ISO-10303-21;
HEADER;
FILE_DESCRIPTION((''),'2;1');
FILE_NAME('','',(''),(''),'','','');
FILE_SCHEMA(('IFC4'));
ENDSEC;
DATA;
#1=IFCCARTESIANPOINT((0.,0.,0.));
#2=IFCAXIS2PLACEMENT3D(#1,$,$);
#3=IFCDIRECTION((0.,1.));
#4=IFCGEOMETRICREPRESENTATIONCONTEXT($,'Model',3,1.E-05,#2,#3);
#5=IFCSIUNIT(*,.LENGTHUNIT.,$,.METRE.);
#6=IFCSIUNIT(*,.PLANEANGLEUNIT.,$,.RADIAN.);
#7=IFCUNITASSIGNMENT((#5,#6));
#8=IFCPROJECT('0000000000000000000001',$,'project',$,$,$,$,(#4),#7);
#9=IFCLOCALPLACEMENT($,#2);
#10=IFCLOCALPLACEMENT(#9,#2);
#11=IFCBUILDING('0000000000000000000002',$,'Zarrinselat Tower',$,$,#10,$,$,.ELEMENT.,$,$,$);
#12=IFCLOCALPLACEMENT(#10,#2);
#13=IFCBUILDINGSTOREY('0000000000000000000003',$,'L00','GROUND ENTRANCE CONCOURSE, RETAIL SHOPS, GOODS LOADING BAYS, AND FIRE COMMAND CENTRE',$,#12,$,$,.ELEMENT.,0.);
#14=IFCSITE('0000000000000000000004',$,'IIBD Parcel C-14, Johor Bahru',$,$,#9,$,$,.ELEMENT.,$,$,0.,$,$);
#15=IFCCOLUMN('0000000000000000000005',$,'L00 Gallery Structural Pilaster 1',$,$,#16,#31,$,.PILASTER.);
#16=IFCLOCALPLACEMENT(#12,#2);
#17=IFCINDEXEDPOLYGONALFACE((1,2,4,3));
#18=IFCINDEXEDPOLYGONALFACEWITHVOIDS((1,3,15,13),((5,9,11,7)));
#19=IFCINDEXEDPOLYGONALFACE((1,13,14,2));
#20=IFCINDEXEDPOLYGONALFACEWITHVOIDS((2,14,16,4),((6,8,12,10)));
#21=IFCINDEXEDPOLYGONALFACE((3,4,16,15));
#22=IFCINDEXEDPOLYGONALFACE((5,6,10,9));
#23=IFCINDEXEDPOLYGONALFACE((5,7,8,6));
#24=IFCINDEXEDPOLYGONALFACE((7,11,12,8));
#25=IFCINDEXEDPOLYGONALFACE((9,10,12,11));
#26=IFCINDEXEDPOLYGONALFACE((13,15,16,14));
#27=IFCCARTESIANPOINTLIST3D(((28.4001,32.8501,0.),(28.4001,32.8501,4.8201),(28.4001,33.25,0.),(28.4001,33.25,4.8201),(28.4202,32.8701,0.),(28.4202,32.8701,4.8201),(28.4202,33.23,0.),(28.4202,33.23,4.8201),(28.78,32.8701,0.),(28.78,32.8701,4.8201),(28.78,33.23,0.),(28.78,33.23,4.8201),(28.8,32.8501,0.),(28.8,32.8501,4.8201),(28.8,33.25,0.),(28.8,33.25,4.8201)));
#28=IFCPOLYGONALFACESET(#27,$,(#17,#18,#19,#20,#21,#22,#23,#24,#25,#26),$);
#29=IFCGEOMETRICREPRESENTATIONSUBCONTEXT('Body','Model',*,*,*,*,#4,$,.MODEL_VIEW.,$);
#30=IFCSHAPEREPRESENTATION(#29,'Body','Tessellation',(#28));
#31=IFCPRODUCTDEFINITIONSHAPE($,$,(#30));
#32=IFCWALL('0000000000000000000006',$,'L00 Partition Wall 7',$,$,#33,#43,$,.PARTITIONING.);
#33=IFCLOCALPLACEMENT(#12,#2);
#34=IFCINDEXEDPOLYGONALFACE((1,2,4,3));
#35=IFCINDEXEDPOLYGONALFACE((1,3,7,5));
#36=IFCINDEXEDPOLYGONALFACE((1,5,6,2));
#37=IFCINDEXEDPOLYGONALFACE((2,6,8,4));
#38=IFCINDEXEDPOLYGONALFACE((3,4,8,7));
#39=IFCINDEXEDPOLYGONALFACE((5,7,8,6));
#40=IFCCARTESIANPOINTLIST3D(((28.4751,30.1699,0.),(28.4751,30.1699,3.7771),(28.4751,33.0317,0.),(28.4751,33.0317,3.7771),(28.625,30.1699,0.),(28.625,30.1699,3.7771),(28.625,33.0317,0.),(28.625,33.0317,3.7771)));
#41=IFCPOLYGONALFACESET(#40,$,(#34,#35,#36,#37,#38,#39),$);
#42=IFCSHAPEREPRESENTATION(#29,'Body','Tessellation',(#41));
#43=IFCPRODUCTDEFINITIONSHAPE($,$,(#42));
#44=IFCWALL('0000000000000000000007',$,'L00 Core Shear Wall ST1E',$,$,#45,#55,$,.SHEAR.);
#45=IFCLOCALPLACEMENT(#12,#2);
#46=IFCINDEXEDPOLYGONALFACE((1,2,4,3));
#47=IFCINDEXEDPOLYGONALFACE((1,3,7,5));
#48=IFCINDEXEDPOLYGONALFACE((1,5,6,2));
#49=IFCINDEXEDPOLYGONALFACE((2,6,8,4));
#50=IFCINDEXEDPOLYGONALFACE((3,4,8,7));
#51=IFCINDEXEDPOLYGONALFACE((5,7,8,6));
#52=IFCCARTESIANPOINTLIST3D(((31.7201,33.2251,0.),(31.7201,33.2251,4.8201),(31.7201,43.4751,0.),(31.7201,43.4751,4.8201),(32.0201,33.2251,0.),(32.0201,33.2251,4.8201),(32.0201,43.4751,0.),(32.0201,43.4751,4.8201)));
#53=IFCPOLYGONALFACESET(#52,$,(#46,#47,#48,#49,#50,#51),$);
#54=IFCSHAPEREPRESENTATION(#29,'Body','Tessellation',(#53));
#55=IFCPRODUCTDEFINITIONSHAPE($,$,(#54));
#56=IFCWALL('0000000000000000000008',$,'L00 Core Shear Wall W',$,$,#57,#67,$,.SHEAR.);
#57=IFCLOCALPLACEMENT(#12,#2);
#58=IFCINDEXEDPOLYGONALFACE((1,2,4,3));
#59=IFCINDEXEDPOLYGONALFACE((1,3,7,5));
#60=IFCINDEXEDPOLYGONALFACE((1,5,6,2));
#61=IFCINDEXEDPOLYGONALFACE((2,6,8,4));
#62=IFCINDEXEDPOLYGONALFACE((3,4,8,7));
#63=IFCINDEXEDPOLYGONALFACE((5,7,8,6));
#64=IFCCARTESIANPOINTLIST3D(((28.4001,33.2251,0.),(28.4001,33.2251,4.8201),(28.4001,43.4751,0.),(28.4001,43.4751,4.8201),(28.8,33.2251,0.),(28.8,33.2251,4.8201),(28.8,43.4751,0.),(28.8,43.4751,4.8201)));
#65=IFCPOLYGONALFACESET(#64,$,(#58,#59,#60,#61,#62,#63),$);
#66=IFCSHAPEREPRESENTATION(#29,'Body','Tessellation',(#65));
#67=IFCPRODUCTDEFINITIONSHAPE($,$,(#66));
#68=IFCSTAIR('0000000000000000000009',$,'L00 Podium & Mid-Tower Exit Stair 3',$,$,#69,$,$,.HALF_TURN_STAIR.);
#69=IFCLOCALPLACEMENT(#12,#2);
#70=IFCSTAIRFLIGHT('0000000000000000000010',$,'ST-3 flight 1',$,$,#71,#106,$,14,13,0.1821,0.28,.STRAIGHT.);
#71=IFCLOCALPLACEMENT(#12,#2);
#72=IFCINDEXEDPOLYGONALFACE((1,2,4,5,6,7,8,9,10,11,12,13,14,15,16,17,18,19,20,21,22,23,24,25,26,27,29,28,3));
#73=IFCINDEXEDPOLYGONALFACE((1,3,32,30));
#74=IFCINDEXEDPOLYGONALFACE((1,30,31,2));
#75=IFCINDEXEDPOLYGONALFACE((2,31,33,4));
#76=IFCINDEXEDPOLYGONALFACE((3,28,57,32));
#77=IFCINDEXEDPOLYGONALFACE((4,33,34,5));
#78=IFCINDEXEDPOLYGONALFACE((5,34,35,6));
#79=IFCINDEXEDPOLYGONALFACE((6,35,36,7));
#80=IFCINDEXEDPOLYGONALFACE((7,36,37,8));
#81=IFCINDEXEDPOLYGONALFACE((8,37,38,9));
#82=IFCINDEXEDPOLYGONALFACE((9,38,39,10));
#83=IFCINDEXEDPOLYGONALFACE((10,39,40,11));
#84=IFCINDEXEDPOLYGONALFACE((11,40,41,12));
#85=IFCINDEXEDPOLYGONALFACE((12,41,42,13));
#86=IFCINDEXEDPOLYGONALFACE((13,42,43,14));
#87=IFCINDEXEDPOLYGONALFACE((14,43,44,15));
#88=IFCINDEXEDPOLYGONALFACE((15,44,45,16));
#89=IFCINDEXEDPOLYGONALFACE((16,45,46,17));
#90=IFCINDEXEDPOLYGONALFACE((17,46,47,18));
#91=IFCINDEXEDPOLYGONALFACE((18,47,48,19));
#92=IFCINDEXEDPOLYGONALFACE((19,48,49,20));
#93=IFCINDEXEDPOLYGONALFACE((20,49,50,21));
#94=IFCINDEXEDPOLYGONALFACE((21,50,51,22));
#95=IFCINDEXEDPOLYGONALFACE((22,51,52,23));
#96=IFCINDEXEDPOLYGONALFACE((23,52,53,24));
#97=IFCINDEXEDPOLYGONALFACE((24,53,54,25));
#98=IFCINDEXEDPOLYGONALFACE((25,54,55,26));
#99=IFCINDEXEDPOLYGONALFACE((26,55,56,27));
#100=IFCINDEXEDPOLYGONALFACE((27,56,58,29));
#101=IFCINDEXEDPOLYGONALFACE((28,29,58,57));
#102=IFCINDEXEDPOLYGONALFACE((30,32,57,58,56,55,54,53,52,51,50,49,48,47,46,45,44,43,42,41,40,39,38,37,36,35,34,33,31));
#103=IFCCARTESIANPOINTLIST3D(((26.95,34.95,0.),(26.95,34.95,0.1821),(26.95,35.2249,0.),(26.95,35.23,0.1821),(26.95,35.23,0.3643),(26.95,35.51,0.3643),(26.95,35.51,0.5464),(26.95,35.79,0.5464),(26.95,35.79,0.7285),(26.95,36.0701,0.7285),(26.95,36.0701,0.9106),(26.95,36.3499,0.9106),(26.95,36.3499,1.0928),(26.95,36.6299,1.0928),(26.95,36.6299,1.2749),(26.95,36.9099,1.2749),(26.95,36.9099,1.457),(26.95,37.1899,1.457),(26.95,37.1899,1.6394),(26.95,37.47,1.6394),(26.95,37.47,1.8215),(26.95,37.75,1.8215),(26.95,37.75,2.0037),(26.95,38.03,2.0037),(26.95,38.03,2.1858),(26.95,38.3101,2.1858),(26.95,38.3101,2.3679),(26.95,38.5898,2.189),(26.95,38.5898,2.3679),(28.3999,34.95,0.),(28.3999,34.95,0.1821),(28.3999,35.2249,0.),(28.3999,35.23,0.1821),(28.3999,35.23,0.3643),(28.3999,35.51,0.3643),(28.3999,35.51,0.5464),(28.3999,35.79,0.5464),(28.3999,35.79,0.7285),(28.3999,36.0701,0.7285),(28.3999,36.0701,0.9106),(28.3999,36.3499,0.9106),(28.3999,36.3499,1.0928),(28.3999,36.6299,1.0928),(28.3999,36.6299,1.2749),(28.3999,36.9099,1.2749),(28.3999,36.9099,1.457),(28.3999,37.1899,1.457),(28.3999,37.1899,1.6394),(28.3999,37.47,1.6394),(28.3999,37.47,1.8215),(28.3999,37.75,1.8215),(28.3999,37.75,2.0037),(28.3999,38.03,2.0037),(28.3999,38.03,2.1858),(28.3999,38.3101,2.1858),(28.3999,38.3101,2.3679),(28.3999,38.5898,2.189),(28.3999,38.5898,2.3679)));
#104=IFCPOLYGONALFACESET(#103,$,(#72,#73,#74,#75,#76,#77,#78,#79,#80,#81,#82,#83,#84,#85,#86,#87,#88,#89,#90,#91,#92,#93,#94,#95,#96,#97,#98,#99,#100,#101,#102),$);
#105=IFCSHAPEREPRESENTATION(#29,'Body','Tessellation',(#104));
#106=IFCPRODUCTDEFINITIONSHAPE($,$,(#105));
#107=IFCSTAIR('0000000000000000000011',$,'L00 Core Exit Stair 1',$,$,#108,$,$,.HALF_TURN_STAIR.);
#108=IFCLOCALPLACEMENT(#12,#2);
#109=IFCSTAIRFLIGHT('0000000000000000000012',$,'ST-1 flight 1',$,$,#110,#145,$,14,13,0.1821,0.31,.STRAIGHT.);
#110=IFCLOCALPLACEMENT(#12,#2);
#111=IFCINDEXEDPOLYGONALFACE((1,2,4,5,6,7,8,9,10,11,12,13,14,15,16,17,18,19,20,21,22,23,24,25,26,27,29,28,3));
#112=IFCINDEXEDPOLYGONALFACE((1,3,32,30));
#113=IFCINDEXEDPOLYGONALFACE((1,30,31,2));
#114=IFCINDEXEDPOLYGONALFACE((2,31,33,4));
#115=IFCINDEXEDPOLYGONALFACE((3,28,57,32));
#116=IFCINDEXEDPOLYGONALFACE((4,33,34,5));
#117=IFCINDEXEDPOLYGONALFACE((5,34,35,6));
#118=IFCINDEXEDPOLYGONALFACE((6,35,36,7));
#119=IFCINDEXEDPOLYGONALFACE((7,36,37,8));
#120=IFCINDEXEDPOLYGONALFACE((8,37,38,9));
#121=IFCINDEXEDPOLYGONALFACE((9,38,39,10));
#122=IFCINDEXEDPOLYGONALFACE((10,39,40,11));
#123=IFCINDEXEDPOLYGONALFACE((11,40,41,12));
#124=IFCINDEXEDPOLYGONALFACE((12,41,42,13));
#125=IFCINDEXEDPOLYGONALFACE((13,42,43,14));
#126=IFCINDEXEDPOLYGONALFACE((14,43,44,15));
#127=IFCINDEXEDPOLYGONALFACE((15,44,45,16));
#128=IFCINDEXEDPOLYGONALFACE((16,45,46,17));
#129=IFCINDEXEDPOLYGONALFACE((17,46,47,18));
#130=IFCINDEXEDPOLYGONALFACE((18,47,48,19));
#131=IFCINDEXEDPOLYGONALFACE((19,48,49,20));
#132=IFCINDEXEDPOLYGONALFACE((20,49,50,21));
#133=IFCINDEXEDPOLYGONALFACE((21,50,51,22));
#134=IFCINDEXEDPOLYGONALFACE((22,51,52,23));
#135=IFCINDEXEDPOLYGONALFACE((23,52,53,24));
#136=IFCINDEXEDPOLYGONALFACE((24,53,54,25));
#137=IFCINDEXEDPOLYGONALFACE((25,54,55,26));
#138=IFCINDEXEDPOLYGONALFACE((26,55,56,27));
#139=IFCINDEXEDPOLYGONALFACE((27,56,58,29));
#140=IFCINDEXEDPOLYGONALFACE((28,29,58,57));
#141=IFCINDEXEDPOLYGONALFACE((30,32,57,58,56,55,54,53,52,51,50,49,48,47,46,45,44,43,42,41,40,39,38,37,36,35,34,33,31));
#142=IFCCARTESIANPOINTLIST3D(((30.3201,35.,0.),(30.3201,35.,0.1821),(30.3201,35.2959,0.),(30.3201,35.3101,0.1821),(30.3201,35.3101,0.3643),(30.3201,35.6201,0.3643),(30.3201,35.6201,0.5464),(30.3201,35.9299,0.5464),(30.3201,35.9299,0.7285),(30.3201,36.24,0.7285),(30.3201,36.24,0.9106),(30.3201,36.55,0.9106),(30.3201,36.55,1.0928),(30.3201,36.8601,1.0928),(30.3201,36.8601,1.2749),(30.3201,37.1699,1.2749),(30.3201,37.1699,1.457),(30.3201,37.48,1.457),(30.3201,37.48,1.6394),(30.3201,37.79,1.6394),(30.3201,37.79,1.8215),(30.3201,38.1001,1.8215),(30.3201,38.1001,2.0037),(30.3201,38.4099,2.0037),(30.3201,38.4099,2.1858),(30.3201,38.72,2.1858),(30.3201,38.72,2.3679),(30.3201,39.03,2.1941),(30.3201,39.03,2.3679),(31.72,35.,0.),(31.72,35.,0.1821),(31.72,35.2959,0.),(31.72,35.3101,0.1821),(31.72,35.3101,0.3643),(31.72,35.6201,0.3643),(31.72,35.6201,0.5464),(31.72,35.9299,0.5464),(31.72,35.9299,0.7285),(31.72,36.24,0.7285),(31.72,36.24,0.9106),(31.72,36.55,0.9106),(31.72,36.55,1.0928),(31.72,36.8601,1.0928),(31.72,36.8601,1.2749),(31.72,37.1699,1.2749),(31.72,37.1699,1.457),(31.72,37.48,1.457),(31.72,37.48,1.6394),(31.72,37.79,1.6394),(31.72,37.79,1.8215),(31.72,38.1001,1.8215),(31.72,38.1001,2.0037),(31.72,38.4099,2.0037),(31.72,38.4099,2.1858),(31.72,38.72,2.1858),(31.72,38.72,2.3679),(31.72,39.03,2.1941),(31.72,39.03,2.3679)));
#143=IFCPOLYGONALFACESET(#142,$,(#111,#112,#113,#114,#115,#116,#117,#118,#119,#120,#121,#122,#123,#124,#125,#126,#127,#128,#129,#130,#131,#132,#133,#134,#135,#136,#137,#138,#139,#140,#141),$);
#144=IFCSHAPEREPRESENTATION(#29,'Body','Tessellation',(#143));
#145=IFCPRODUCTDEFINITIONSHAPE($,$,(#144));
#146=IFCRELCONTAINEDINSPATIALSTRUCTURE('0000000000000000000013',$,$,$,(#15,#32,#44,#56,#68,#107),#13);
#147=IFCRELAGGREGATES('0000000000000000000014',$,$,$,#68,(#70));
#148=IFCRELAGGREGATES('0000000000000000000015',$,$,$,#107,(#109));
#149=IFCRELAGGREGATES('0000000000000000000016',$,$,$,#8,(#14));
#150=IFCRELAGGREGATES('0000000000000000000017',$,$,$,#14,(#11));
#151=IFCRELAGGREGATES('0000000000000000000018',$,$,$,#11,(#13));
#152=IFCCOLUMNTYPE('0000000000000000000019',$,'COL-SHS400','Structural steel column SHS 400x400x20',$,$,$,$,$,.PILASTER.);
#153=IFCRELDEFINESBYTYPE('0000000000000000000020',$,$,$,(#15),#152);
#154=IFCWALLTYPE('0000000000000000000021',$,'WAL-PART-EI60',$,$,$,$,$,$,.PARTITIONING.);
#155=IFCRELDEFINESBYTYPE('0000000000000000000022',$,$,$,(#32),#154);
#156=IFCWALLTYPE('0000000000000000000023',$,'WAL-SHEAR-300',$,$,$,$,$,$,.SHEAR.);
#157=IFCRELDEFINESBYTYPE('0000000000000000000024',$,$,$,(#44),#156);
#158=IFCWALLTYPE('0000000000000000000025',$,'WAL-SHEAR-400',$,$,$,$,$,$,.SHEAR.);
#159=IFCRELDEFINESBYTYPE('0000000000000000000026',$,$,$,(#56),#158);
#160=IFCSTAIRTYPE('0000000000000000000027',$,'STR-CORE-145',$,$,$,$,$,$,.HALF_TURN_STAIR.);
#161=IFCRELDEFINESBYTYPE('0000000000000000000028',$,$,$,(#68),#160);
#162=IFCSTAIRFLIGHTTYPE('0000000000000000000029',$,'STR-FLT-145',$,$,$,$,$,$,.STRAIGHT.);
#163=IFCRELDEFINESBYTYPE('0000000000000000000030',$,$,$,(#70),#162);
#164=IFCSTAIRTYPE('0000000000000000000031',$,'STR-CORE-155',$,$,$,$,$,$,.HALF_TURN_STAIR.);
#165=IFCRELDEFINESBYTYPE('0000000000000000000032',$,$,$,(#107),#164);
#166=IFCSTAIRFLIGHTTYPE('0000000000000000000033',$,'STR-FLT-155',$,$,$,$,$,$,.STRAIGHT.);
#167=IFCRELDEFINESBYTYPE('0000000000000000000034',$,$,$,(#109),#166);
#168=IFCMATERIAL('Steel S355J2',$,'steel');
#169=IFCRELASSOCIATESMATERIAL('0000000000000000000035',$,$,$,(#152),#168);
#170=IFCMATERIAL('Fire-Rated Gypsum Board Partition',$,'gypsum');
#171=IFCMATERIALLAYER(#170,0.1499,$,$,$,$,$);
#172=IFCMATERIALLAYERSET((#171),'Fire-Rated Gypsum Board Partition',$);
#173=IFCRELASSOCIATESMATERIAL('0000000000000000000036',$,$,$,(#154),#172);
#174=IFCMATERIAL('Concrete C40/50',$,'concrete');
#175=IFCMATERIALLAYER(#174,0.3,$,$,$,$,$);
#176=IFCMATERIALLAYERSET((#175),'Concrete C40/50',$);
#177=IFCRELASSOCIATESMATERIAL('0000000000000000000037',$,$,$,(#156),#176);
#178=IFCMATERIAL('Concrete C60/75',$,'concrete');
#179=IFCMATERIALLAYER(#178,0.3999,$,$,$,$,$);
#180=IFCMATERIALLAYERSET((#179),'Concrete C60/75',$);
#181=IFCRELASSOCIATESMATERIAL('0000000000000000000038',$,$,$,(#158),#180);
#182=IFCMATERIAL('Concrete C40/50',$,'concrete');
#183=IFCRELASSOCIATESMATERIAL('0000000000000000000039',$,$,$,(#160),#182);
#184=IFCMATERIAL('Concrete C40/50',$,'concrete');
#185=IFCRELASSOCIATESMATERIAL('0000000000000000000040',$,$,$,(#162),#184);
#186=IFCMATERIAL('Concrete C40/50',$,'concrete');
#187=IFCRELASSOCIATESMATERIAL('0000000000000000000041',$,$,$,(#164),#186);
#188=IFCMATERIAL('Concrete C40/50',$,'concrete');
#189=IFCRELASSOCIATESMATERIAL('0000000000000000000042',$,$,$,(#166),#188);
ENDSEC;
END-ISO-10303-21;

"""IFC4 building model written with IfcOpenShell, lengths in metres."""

from ifc_helpers import new_model, si_unit, direction, frame, frame_2d, origin, origin_2d, place, context, subcontext, project, spatial, polyline, rectangle, hollow_rectangle, outline, extrude, material, layer, layer_set, material_profile, profile_set, type_object, element, aggregate, save


model = new_model("IFC4")

# Units and contexts
model_context = context("Model", 3, precision=1e-05, world=origin(), true_north=direction((0.0, 1.0)))
body_context = subcontext(model_context, "Body", "Model", "MODEL_VIEW")
ifc_project = project(units=[si_unit("LENGTHUNIT", "METRE"), si_unit("PLANEANGLEUNIT", "RADIAN")], contexts=[model_context])

# Site, building, storey
site_placement = place(None, origin())
site = spatial("IfcSite", under=ifc_project, at=site_placement, Name="IIBD Parcel C-14, Johor Bahru", CompositionType="ELEMENT", RefElevation=0.0)
building_placement = place(site_placement, origin())
building = spatial("IfcBuilding", under=site, at=building_placement, Name="Zarrinselat Tower", CompositionType="ELEMENT")
storey_placement = place(building_placement, origin())
storey = spatial("IfcBuildingStorey", under=building, at=storey_placement, Name="L00", Description="GROUND ENTRANCE CONCOURSE, RETAIL SHOPS, GOODS LOADING BAYS, AND FIRE COMMAND CENTRE", CompositionType="ELEMENT", Elevation=0.0)

# Column
ifc_material_1 = material(Name="Steel S355J2", Category="steel")
ifc_material_profile = material_profile(ifc_material_1, hollow_rectangle(XDim=0.3999, YDim=0.3999, WallThickness=0.02, at=origin_2d()), Name="SHS 400x400x20")
ifc_profile_set = profile_set([ifc_material_profile], Name="Steel S355J2")
column_type = type_object("IfcColumnType", Name="COL-SHS400", Description="Structural steel column SHS 400x400x20", PredefinedType="PILASTER", material=ifc_profile_set)
column_placement = place(storey_placement, frame((28.6001, 33.05, 0.0), z_axis=(0.0, 0.0, 1.0), x_axis=(1.0, 0.0, 0.0)))
element("IfcColumn", 1, at=column_placement, inside=storey, type_object=column_type, Name="L00 Gallery Structural Pilaster 1", PredefinedType="PILASTER", context=body_context, shape_type="SweptSolid", body=[
    extrude(hollow_rectangle(XDim=0.3999, YDim=0.3999, WallThickness=0.02, at=origin_2d()), origin(), (0.0, 0.0, 1.0), 4.8201),
])

# Walls
ifc_material_2 = material(Name="Fire-Rated Gypsum Board Partition", Category="gypsum")
ifc_layer_1 = layer(ifc_material_2, 0.1499)
ifc_layer_set_1 = layer_set([ifc_layer_1], Name="Fire-Rated Gypsum Board Partition")
wall_type_1 = type_object("IfcWallType", Name="WAL-PART-EI60", PredefinedType="PARTITIONING", material=ifc_layer_set_1)
wall_1_placement = place(storey_placement, frame((28.55, 30.1699, 0.0), z_axis=(0.0, 0.0, 1.0), x_axis=(0.0, 1.0, 0.0)))
element("IfcWall", 2, at=wall_1_placement, inside=storey, type_object=wall_type_1, Name="L00 Partition Wall 7", PredefinedType="PARTITIONING", context=body_context, shape_type="SweptSolid", body=[
    extrude(rectangle(XDim=2.8618, YDim=0.1499, at=frame_2d((1.4309, 0.0))), origin(), (0.0, 0.0, 1.0), 3.7771),
])
ifc_material_3 = material(Name="Concrete C40/50", Category="concrete")
ifc_layer_2 = layer(ifc_material_3, 0.3)
ifc_layer_set_2 = layer_set([ifc_layer_2], Name="Concrete C40/50")
wall_type_2 = type_object("IfcWallType", Name="WAL-SHEAR-300", PredefinedType="SHEAR", material=ifc_layer_set_2)
wall_2_placement = place(storey_placement, frame((31.8701, 33.2251, 0.0), z_axis=(0.0, 0.0, 1.0), x_axis=(0.0, 1.0, 0.0)))
element("IfcWall", 3, at=wall_2_placement, inside=storey, type_object=wall_type_2, Name="L00 Core Shear Wall ST1E", PredefinedType="SHEAR", context=body_context, shape_type="SweptSolid", body=[
    extrude(rectangle(XDim=10.25, YDim=0.3, at=frame_2d((5.125, 0.0))), origin(), (0.0, 0.0, 1.0), 4.8201),
])
ifc_material_4 = material(Name="Concrete C60/75", Category="concrete")
ifc_layer_3 = layer(ifc_material_4, 0.3999)
ifc_layer_set_3 = layer_set([ifc_layer_3], Name="Concrete C60/75")
wall_type_3 = type_object("IfcWallType", Name="WAL-SHEAR-400", PredefinedType="SHEAR", material=ifc_layer_set_3)
wall_3_placement = place(storey_placement, frame((28.6001, 33.2251, 0.0), z_axis=(0.0, 0.0, 1.0), x_axis=(0.0, 1.0, 0.0)))
element("IfcWall", 4, at=wall_3_placement, inside=storey, type_object=wall_type_3, Name="L00 Core Shear Wall W", PredefinedType="SHEAR", context=body_context, shape_type="SweptSolid", body=[
    extrude(rectangle(XDim=10.25, YDim=0.3999, at=frame_2d((5.125, 0.0))), origin(), (0.0, 0.0, 1.0), 4.8201),
])

# Stairs, stair flights
ifc_material_5 = material(Name="Concrete C40/50", Category="concrete")
stair_type_1 = type_object("IfcStairType", Name="STR-CORE-145", PredefinedType="HALF_TURN_STAIR", material=ifc_material_5)
stair_1_placement = place(storey_placement, origin())
stair_1 = element("IfcStair", 5, at=stair_1_placement, inside=storey, type_object=stair_type_1, Name="L00 Podium & Mid-Tower Exit Stair 3", PredefinedType="HALF_TURN_STAIR")
ifc_material_6 = material(Name="Concrete C40/50", Category="concrete")
stair_flight_type_1 = type_object("IfcStairFlightType", Name="STR-FLT-145", PredefinedType="STRAIGHT", material=ifc_material_6)
stair_flight_1_placement = place(storey_placement, frame((27.675, 34.95, 0.0), z_axis=(0.0, 0.0, 1.0), x_axis=(0.0, 1.0, 0.0)))
stair_flight_1 = element("IfcStairFlight", 6, at=stair_flight_1_placement, type_object=stair_flight_type_1, Name="ST-3 flight 1", NumberOfRisers=14, NumberOfTreads=13, PredefinedType="STRAIGHT", RiserHeight=0.1821, TreadLength=0.28, context=body_context, shape_type="SweptSolid", body=[
    extrude(outline(polyline([(0.0, 0.0), (0.0, 0.1821), (0.28, 0.1821), (0.28, 0.3643), (0.5601, 0.3643), (0.5601, 0.5464), (0.8401, 0.5464), (0.8401, 0.7285), (1.1201, 0.7285), (1.1201, 0.9106), (1.3999, 0.9106), (1.3999, 1.0928), (1.6799, 1.0928), (1.6799, 1.2749), (1.96, 1.2749), (1.96, 1.457), (2.24, 1.457), (2.24, 1.6394), (2.52, 1.6394), (2.52, 1.8215), (2.8, 1.8215), (2.8, 2.0037), (3.0801, 2.0037), (3.0801, 2.1858), (3.3601, 2.1858), (3.3601, 2.3679), (3.6399, 2.3679), (3.6399, 2.55), (3.6399, 2.189), (0.2749, 0.0), (0.0, 0.0)])), frame((0.0, 0.7251, 0.0), z_axis=(0.0, -1.0, 0.0), x_axis=(1.0, 0.0, 0.0)), (0.0, 0.0, 1.0), 1.45),
])
aggregate(stair_1, [stair_flight_1])
ifc_material_7 = material(Name="Concrete C40/50", Category="concrete")
stair_type_2 = type_object("IfcStairType", Name="STR-CORE-155", PredefinedType="HALF_TURN_STAIR", material=ifc_material_7)
stair_2_placement = place(storey_placement, origin())
stair_2 = element("IfcStair", 7, at=stair_2_placement, inside=storey, type_object=stair_type_2, Name="L00 Core Exit Stair 1", PredefinedType="HALF_TURN_STAIR")
ifc_material_8 = material(Name="Concrete C40/50", Category="concrete")
stair_flight_type_2 = type_object("IfcStairFlightType", Name="STR-FLT-155", PredefinedType="STRAIGHT", material=ifc_material_8)
stair_flight_2_placement = place(storey_placement, frame((31.02, 35.0, 0.0), z_axis=(0.0, 0.0, 1.0), x_axis=(0.0, 1.0, 0.0)))
stair_flight_2 = element("IfcStairFlight", 8, at=stair_flight_2_placement, type_object=stair_flight_type_2, Name="ST-1 flight 1", NumberOfRisers=14, NumberOfTreads=13, PredefinedType="STRAIGHT", RiserHeight=0.1821, TreadLength=0.31, context=body_context, shape_type="SweptSolid", body=[
    extrude(outline(polyline([(0.0, 0.0), (0.0, 0.1821), (0.3101, 0.1821), (0.3101, 0.3643), (0.6201, 0.3643), (0.6201, 0.5464), (0.9299, 0.5464), (0.9299, 0.7285), (1.24, 0.7285), (1.24, 0.9106), (1.55, 0.9106), (1.55, 1.0928), (1.8601, 1.0928), (1.8601, 1.2749), (2.1699, 1.2749), (2.1699, 1.457), (2.48, 1.457), (2.48, 1.6394), (2.79, 1.6394), (2.79, 1.8215), (3.1001, 1.8215), (3.1001, 2.0037), (3.4099, 2.0037), (3.4099, 2.1858), (3.72, 2.1858), (3.72, 2.3679), (4.03, 2.3679), (4.03, 2.55), (4.03, 2.1941), (0.2959, 0.0), (0.0, 0.0)])), frame((0.0, 0.7, 0.0), z_axis=(0.0, -1.0, 0.0), x_axis=(1.0, 0.0, 0.0)), (0.0, 0.0, 1.0), 1.3999),
])
aggregate(stair_2, [stair_flight_2])

save(model, "model.ifc")
